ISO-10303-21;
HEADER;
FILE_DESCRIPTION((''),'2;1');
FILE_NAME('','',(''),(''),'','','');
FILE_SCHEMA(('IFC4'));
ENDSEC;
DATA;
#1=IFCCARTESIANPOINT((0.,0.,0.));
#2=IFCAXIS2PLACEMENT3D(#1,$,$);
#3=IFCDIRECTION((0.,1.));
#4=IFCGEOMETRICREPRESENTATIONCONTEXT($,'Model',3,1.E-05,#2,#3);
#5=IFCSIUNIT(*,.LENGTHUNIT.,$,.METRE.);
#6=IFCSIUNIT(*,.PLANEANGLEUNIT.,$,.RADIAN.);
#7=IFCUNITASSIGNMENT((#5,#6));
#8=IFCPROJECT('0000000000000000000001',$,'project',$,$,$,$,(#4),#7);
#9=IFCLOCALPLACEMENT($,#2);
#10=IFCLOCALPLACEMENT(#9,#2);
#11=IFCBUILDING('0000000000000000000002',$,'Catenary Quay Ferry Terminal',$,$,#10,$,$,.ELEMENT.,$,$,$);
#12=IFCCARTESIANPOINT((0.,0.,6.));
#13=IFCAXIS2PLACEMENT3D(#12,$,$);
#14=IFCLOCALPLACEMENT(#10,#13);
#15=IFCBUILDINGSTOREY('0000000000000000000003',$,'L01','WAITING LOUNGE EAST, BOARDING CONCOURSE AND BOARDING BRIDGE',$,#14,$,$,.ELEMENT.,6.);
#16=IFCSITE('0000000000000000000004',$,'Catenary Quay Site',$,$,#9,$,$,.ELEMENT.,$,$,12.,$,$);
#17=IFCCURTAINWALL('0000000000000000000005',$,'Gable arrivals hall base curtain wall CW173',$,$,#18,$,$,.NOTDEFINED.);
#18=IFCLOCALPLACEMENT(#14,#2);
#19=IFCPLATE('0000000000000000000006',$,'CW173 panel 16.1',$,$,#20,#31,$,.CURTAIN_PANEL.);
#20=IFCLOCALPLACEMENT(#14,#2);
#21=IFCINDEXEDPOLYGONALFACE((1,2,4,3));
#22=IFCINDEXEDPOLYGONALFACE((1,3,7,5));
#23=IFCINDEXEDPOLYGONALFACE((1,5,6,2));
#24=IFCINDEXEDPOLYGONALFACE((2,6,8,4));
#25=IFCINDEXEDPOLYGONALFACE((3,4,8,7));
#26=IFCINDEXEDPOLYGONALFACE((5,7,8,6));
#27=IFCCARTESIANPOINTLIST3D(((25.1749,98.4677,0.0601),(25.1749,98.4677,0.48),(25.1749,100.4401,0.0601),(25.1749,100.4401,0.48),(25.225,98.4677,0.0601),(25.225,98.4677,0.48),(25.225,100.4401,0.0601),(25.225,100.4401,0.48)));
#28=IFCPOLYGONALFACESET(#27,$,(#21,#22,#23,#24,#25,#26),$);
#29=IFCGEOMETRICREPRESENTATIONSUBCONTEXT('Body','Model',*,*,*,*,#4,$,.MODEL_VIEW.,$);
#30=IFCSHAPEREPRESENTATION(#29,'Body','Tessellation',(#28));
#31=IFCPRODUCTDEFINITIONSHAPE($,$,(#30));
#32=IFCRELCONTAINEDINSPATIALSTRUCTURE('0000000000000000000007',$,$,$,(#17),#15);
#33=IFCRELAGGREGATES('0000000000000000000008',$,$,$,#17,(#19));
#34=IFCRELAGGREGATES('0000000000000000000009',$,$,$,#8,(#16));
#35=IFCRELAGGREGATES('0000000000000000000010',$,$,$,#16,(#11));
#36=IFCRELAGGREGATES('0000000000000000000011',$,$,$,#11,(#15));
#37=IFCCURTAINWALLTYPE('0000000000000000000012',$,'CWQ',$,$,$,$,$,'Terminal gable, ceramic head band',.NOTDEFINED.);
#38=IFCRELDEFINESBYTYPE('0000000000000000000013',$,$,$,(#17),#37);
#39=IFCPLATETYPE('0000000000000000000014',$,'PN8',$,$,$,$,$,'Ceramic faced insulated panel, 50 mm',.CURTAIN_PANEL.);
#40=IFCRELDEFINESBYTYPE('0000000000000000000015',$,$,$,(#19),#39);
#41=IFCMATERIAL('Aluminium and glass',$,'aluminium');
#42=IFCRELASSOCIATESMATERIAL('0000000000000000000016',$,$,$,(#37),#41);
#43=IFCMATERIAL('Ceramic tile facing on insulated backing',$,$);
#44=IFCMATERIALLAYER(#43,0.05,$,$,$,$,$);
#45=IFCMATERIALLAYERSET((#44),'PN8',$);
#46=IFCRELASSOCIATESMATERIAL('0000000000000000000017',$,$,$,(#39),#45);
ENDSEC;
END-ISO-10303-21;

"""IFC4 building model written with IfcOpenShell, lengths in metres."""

from ifc_helpers import new_model, si_unit, direction, frame, origin, origin_2d, place, context, subcontext, project, spatial, rectangle, extrude, material, layer, layer_set, type_object, element, aggregate, save


model = new_model("IFC4")

# Units and contexts
model_context = context("Model", 3, precision=1e-05, world=origin(), true_north=direction((0.0, 1.0)))
body_context = subcontext(model_context, "Body", "Model", "MODEL_VIEW")
ifc_project = project(units=[si_unit("LENGTHUNIT", "METRE"), si_unit("PLANEANGLEUNIT", "RADIAN")], contexts=[model_context])

# Site, building, storey
site_placement = place(None, origin())
site = spatial("IfcSite", under=ifc_project, at=site_placement, Name="Catenary Quay Site", CompositionType="ELEMENT", RefElevation=12.0)
building_placement = place(site_placement, origin())
building = spatial("IfcBuilding", under=site, at=building_placement, Name="Catenary Quay Ferry Terminal", CompositionType="ELEMENT")
storey_placement = place(building_placement, frame((0.0, 0.0, 6.0)))
storey = spatial("IfcBuildingStorey", under=building, at=storey_placement, Name="L01", Description="WAITING LOUNGE EAST, BOARDING CONCOURSE AND BOARDING BRIDGE", CompositionType="ELEMENT", Elevation=6.0)

# Curtain wall
ifc_material_1 = material(Name="Aluminium and glass", Category="aluminium")
curtain_wall_type_1 = type_object("IfcCurtainWallType", Name="CWQ", ElementType="Terminal gable, ceramic head band", PredefinedType="NOTDEFINED", material=ifc_material_1)
curtain_wall_1_placement = place(storey_placement, origin())
curtain_wall_1 = element("IfcCurtainWall", 1, at=curtain_wall_1_placement, inside=storey, type_object=curtain_wall_type_1, Name="Gable arrivals hall base curtain wall CW173", PredefinedType="NOTDEFINED")

# Plate
ifc_material_2 = material(Name="Ceramic tile facing on insulated backing")
ifc_layer_1 = layer(ifc_material_2, 0.05)
ifc_layer_set_1 = layer_set([ifc_layer_1], Name="PN8")
plate_type_1 = type_object("IfcPlateType", Name="PN8", ElementType="Ceramic faced insulated panel, 50 mm", PredefinedType="CURTAIN_PANEL", material=ifc_layer_set_1)
plate_1_placement = place(storey_placement, frame((25.2, 99.4539, 0.0601), z_axis=(0.0, 0.0, 1.0), x_axis=(0.0, 1.0, 0.0)))
plate_1 = element("IfcPlate", 2, at=plate_1_placement, type_object=plate_type_1, Name="CW173 panel 16.1", PredefinedType="CURTAIN_PANEL", context=body_context, shape_type="SweptSolid", body=[
    extrude(rectangle(XDim=1.9724, YDim=0.05, at=origin_2d()), origin(), (0.0, 0.0, 1.0), 0.4199),
])
aggregate(curtain_wall_1, [plate_1])

save(model, "model.ifc")
